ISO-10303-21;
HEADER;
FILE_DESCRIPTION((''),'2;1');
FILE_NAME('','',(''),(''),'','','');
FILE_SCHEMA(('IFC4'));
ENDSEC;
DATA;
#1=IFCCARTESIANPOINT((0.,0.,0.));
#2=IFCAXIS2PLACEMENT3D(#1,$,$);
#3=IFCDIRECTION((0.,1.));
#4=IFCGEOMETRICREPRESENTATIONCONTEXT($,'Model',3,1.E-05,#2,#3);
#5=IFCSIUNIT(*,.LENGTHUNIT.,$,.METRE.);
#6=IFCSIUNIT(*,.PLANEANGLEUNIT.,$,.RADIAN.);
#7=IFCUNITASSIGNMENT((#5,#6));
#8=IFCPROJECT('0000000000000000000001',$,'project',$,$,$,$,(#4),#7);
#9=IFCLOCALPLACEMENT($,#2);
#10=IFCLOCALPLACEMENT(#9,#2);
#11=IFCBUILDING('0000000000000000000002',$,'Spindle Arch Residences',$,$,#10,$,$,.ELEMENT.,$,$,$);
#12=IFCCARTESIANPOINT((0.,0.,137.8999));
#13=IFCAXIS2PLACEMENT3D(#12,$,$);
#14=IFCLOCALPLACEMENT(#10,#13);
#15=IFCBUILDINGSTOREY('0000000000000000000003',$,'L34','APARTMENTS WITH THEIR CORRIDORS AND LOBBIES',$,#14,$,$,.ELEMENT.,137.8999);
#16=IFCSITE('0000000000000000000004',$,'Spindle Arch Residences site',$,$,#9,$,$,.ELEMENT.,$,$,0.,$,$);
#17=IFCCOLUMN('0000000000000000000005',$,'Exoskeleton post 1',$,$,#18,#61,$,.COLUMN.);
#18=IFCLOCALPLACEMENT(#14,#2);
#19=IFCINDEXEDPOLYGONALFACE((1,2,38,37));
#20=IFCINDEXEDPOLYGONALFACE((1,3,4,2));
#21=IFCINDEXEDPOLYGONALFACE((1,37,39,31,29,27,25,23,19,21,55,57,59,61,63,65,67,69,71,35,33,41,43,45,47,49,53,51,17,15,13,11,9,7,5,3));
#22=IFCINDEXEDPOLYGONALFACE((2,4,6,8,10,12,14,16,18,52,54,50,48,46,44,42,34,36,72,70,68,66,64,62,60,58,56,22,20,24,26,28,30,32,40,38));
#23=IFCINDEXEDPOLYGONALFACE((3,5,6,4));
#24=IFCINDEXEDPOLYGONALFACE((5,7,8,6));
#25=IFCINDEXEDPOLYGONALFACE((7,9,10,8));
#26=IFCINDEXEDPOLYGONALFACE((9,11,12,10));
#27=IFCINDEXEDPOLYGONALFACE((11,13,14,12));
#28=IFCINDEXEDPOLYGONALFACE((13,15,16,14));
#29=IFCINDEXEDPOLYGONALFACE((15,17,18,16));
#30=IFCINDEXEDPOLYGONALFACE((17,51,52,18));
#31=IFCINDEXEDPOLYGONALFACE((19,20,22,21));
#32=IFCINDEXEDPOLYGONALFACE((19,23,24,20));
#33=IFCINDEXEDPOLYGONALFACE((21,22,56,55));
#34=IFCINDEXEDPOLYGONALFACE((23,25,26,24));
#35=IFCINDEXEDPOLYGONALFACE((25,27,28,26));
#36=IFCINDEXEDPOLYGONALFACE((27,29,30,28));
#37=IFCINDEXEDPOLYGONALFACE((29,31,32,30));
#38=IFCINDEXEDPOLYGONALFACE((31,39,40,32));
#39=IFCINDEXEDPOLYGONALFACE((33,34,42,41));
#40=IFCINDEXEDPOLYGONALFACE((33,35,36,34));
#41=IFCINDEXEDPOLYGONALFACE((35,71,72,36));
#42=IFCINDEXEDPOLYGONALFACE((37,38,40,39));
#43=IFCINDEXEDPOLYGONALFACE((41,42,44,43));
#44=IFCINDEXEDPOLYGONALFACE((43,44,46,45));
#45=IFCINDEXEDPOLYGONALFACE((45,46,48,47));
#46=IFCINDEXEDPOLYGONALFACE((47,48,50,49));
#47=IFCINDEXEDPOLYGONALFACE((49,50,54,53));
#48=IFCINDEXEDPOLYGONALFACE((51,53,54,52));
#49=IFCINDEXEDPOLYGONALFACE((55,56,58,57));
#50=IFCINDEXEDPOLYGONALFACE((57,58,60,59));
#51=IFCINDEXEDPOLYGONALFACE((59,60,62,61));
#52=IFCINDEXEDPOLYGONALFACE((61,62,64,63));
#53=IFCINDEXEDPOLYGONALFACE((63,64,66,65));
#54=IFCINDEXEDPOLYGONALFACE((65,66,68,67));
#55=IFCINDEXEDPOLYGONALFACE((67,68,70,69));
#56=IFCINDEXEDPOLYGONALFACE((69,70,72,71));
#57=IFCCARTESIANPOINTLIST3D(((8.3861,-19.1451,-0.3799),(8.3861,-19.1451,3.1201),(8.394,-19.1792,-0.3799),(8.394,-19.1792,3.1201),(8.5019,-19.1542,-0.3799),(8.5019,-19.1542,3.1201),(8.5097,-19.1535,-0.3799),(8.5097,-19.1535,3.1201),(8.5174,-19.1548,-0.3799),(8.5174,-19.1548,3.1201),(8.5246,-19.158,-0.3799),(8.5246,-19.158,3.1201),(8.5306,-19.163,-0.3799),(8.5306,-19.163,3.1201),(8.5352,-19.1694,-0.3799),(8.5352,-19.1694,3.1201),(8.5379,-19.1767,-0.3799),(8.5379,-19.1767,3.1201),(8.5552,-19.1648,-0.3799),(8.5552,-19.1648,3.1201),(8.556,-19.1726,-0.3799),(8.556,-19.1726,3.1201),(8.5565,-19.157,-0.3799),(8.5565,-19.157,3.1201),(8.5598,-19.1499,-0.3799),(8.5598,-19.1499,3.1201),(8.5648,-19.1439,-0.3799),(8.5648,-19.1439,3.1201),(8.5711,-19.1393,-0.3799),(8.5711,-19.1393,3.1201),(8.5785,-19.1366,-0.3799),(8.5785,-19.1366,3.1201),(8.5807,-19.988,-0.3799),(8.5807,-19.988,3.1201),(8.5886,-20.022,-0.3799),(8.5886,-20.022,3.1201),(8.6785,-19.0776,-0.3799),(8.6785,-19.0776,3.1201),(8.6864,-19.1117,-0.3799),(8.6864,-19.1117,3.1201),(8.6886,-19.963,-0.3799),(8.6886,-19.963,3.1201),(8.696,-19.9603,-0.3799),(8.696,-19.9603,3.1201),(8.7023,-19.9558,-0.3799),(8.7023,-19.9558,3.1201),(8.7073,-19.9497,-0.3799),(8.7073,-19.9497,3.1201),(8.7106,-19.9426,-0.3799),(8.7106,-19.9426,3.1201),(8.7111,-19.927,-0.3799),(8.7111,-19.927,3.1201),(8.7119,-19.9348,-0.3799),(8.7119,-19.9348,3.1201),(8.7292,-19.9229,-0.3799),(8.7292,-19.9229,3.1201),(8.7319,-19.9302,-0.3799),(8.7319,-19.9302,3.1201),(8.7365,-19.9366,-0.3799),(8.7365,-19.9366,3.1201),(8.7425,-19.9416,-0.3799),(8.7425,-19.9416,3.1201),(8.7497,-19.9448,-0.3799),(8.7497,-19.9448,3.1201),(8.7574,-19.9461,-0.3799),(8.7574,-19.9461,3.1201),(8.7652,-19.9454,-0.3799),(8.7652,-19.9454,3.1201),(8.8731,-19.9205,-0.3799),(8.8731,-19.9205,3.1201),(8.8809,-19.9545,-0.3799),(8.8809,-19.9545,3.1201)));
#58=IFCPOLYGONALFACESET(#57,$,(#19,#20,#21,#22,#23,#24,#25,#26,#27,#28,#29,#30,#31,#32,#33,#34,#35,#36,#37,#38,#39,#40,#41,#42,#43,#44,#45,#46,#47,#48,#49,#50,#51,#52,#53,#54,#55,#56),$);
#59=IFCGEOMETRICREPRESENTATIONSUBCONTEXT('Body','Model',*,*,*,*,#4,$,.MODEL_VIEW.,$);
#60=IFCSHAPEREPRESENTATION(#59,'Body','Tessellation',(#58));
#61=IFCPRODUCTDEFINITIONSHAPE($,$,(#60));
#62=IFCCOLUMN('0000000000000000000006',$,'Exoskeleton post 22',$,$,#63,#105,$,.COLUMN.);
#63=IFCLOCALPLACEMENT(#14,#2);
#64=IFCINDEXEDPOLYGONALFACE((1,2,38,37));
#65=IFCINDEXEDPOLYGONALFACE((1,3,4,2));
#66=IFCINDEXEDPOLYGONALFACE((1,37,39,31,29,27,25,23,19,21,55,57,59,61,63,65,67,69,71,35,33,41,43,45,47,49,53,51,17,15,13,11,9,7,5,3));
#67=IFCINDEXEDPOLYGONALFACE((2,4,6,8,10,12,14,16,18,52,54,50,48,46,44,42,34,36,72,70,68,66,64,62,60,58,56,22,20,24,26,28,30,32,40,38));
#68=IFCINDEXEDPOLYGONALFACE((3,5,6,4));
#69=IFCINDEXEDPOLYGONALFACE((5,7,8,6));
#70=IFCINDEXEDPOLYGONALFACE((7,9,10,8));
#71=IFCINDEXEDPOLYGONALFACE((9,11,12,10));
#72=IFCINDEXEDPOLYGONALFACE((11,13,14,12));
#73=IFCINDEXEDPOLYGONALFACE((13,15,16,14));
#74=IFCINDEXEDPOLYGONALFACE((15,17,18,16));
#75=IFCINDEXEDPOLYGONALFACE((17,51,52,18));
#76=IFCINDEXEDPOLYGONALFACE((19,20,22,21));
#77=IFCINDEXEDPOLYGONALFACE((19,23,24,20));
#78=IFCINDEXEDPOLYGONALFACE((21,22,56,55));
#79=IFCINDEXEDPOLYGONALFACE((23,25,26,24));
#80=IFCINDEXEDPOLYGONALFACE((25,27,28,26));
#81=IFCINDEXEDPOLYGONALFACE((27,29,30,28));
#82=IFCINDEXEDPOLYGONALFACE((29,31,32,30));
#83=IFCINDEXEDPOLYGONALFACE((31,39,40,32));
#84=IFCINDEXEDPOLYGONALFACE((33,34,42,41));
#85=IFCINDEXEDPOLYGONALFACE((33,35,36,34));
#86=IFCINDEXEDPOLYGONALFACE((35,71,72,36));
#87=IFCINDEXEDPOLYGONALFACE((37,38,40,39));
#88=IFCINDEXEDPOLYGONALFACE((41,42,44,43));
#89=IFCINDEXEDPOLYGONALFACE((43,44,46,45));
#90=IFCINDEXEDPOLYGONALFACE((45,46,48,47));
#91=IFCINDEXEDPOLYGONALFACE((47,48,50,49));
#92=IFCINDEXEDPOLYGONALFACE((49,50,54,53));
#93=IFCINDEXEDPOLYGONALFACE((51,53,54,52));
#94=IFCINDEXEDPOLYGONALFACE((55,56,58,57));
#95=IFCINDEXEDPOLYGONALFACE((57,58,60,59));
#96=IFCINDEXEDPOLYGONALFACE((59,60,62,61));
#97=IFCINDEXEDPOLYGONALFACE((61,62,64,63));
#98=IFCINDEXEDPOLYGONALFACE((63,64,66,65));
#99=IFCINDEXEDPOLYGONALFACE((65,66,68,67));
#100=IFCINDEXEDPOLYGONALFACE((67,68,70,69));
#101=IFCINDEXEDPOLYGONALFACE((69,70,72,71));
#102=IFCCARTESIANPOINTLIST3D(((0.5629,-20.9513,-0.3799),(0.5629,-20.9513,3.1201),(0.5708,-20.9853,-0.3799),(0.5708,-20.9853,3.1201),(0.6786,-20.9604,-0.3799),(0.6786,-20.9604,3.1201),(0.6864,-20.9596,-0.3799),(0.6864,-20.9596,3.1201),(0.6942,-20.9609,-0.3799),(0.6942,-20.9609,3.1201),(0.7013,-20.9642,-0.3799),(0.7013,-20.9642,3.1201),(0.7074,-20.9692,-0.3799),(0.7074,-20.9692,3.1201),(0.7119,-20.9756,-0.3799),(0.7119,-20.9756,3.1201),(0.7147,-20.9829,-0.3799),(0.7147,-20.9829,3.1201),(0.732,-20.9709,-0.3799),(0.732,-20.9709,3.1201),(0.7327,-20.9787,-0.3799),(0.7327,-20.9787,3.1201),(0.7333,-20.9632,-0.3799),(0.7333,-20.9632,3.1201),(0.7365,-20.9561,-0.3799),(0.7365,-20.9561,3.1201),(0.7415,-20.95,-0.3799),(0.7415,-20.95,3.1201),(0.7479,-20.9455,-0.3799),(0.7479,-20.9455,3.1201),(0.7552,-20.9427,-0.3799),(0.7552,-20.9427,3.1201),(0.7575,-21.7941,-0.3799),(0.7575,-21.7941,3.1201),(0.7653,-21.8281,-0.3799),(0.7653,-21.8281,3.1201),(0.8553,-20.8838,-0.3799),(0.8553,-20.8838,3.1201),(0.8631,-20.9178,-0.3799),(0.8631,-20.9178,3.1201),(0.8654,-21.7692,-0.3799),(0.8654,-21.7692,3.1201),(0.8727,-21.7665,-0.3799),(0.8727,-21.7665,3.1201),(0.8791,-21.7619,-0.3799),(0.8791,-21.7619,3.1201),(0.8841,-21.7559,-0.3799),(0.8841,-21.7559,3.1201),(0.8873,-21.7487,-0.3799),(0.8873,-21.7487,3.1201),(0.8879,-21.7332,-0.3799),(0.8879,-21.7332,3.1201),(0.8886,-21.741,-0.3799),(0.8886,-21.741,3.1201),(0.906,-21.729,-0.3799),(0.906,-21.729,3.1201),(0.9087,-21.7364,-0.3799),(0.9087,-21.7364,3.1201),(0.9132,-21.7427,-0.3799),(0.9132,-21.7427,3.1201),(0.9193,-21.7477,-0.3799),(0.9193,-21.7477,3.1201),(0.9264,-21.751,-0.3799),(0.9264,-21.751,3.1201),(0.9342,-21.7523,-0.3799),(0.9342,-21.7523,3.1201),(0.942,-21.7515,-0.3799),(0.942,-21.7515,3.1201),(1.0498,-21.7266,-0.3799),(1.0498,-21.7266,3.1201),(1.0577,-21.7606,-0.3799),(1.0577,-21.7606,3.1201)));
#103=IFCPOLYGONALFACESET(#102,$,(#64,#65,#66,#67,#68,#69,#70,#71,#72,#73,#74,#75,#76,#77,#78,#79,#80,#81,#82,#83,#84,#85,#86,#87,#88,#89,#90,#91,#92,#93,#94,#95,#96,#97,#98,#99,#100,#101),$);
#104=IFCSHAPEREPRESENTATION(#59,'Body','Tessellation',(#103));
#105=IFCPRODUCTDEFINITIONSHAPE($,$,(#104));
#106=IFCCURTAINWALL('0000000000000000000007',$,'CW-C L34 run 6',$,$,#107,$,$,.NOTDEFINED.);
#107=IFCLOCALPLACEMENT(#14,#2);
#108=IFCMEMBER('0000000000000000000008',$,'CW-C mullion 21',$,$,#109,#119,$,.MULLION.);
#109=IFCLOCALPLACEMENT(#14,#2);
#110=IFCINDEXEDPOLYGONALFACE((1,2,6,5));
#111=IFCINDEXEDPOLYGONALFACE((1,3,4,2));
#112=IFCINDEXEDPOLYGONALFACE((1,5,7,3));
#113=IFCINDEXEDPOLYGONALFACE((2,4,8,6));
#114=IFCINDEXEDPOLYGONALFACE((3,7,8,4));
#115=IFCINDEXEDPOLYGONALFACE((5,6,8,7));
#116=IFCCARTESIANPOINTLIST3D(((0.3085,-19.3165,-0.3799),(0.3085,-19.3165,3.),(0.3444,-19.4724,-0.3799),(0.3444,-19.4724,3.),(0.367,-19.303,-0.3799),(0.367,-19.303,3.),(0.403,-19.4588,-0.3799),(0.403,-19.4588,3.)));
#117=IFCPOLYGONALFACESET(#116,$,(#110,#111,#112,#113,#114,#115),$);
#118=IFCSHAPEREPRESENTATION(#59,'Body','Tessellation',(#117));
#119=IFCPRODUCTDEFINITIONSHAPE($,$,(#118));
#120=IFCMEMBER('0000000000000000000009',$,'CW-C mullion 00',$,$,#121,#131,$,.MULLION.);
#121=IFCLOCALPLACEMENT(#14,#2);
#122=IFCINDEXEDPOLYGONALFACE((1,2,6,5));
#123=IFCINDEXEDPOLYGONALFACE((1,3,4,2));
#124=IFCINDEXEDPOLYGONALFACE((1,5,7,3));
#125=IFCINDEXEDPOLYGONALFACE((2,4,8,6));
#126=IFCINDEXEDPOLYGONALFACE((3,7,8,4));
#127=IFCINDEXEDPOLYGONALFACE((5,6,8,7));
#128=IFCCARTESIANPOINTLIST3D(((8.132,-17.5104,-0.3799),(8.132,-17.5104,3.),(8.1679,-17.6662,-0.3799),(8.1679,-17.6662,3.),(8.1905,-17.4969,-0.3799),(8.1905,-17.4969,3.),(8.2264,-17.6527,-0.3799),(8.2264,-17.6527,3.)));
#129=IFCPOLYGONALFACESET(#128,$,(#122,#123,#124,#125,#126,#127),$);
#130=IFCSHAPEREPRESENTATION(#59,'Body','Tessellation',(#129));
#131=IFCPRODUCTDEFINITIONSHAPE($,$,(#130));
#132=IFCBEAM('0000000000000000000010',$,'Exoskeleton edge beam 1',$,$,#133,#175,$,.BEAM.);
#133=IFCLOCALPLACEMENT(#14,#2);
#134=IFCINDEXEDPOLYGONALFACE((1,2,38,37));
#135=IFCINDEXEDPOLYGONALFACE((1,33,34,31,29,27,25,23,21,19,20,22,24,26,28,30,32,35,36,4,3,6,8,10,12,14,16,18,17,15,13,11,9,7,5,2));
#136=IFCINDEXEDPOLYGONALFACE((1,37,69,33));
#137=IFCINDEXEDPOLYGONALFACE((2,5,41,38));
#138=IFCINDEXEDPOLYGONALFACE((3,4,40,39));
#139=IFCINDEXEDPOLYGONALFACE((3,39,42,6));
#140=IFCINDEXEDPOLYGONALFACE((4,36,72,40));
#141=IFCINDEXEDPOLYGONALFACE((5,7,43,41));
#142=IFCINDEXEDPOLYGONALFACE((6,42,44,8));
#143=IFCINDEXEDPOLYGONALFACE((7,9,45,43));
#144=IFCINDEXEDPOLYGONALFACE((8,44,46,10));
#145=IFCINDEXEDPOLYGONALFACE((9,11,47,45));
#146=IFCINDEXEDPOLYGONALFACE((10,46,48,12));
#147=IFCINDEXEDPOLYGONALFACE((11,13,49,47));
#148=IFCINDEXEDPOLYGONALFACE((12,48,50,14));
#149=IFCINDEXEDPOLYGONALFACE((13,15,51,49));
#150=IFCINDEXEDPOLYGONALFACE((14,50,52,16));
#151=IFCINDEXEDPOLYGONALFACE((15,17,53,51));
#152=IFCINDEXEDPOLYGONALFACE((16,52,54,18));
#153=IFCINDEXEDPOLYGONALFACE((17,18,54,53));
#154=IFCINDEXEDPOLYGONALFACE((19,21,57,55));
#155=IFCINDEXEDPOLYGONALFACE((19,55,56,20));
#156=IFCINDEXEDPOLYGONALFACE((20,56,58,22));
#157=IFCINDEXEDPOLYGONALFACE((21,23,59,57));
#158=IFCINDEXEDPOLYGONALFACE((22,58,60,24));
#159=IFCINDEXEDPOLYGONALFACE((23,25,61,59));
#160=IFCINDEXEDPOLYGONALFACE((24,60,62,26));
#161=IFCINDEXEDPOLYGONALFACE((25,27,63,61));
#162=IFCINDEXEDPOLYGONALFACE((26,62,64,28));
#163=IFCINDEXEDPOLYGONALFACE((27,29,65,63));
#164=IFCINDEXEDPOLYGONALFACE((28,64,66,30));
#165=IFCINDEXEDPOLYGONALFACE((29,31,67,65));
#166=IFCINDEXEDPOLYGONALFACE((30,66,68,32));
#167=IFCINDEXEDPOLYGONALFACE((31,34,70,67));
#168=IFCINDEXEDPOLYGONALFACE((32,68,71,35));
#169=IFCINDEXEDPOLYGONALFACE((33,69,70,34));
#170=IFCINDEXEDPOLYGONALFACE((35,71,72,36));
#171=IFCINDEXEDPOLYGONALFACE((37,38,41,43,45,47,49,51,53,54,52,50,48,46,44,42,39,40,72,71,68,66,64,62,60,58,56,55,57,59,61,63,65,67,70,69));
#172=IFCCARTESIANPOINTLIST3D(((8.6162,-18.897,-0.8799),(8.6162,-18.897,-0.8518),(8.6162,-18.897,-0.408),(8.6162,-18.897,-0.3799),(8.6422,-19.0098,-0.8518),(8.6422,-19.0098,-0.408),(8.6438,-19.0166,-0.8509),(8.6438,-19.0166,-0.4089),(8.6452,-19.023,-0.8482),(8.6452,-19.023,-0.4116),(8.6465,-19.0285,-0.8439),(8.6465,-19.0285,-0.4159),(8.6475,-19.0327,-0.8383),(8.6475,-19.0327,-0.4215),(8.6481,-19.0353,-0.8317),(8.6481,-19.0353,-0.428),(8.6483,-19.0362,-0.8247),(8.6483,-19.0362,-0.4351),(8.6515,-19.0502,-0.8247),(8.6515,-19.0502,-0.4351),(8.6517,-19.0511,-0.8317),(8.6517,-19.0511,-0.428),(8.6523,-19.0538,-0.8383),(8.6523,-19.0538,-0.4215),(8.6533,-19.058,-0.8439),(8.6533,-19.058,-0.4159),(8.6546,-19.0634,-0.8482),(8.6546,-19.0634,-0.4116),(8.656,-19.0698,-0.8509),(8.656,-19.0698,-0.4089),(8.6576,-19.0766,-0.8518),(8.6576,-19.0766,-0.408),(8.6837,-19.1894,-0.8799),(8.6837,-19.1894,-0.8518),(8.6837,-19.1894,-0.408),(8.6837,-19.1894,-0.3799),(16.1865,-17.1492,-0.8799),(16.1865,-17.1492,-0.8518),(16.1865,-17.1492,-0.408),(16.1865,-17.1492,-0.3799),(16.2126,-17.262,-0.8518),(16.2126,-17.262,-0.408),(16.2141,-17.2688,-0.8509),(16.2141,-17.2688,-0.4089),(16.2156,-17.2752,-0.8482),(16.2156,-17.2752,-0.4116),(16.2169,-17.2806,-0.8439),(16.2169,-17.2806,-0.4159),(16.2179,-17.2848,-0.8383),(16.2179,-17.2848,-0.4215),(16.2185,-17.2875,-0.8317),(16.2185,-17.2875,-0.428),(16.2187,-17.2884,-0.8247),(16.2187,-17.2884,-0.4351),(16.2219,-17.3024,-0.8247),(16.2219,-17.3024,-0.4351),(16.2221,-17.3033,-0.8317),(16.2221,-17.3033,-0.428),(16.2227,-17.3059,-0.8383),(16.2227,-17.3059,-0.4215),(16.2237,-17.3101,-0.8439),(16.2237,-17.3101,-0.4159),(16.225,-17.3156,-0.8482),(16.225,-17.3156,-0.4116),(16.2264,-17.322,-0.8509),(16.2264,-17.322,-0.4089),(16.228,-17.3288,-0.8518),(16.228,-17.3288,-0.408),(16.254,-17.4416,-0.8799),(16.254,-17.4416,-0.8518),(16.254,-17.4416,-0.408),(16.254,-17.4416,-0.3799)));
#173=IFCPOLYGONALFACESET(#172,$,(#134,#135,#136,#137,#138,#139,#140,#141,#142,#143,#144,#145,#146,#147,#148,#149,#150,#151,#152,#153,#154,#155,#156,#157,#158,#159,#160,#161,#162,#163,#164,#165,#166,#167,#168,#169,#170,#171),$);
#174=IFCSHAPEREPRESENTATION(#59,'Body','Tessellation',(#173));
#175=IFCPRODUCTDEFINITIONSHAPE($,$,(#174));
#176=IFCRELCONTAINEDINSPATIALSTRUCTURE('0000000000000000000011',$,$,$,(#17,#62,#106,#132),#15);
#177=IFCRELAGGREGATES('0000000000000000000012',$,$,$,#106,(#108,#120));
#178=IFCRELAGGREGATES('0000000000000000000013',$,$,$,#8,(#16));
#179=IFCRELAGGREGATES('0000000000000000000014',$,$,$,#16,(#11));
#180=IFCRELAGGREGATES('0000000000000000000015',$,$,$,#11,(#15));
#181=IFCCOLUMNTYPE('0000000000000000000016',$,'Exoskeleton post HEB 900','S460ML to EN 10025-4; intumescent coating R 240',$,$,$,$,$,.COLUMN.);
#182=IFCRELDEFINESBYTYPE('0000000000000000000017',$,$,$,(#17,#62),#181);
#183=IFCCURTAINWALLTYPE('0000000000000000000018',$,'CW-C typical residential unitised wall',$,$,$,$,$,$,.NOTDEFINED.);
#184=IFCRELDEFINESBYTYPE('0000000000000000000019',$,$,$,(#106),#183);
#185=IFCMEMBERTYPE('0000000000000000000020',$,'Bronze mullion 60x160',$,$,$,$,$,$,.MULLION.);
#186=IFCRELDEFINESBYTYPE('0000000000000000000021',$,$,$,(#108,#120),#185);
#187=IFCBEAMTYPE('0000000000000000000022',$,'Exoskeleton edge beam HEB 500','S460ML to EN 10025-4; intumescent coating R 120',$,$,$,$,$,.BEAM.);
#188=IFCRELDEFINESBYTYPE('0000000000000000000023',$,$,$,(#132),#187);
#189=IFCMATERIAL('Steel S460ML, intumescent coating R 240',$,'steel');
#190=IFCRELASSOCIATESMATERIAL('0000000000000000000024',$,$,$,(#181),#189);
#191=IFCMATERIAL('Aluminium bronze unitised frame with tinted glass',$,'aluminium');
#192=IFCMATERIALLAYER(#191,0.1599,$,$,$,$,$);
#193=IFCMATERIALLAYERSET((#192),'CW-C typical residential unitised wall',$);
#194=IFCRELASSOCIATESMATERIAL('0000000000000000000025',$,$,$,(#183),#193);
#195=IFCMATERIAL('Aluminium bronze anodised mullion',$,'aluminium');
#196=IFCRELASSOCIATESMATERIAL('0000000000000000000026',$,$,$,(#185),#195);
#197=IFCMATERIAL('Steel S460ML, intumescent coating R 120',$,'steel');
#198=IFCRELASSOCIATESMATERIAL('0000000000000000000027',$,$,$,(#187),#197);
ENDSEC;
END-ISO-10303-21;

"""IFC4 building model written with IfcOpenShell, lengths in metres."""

from ifc_helpers import new_model, si_unit, direction, frame, origin, origin_2d, place, context, subcontext, project, spatial, rectangle, i_section, extrude, material, layer, layer_set, material_profile, profile_set, type_object, element, aggregate, save


model = new_model("IFC4")

# Units and contexts
model_context = context("Model", 3, precision=1e-05, world=origin(), true_north=direction((0.0, 1.0)))
body_context = subcontext(model_context, "Body", "Model", "MODEL_VIEW")
ifc_project = project(units=[si_unit("LENGTHUNIT", "METRE"), si_unit("PLANEANGLEUNIT", "RADIAN")], contexts=[model_context])

# Site, building, storey
site_placement = place(None, origin())
site = spatial("IfcSite", under=ifc_project, at=site_placement, Name="Spindle Arch Residences site", CompositionType="ELEMENT", RefElevation=0.0)
building_placement = place(site_placement, origin())
building = spatial("IfcBuilding", under=site, at=building_placement, Name="Spindle Arch Residences", CompositionType="ELEMENT")
storey_placement = place(building_placement, frame((0.0, 0.0, 137.8999)))
storey = spatial("IfcBuildingStorey", under=building, at=storey_placement, Name="L34", Description="APARTMENTS WITH THEIR CORRIDORS AND LOBBIES", CompositionType="ELEMENT", Elevation=137.8999)

# Columns
ifc_material_1 = material(Name="Steel S460ML, intumescent coating R 240", Category="steel")
ifc_material_profile_1 = material_profile(ifc_material_1, i_section(OverallWidth=0.3, OverallDepth=0.8999, WebThickness=0.0186, FlangeThickness=0.0349, FilletRadius=0.03, at=origin_2d()), Name="HEB 900")
ifc_profile_set_1 = profile_set([ifc_material_profile_1], Name="Steel S460ML, intumescent coating R 240")
column_type = type_object("IfcColumnType", Name="Exoskeleton post HEB 900", Description="S460ML to EN 10025-4; intumescent coating R 240", PredefinedType="COLUMN", material=ifc_profile_set_1)
for number, where, z_axis, x_axis, name in (
    (1, (8.6335, -19.5498, -0.3799), (0.0, 0.0, 1.0), (-0.97437, -0.224951, 0.0), "Exoskeleton post 1"),
    (2, (0.8103, -21.356, -0.3799), (0.0, 0.0, 1.0), (-0.97437, -0.224951, 0.0), "Exoskeleton post 22"),
):
    element("IfcColumn", number, at=place(storey_placement, frame(where, z_axis=z_axis, x_axis=x_axis)), inside=storey, type_object=column_type, Name=name, PredefinedType="COLUMN", context=body_context, shape_type="SweptSolid", body=[
        extrude(i_section(OverallWidth=0.3, OverallDepth=0.8999, WebThickness=0.0186, FlangeThickness=0.0349, FilletRadius=0.03, at=origin_2d()), origin(), (0.0, 0.0, 1.0), 3.5),
    ])

# Curtain wall, members
ifc_material_2 = material(Name="Aluminium bronze unitised frame with tinted glass", Category="aluminium")
ifc_layer_1 = layer(ifc_material_2, 0.1599)
ifc_layer_set_1 = layer_set([ifc_layer_1], Name="CW-C typical residential unitised wall")
curtain_wall_type = type_object("IfcCurtainWallType", Name="CW-C typical residential unitised wall", PredefinedType="NOTDEFINED", material=ifc_layer_set_1)
curtain_wall_placement = place(storey_placement, origin())
curtain_wall = element("IfcCurtainWall", 3, at=curtain_wall_placement, inside=storey, type_object=curtain_wall_type, Name="CW-C L34 run 6", PredefinedType="NOTDEFINED")
ifc_material_3 = material(Name="Aluminium bronze anodised mullion", Category="aluminium")
ifc_material_profile_2 = material_profile(ifc_material_3, rectangle(XDim=0.1599, YDim=0.0601, at=origin_2d()), Name="MU 60x160")
ifc_profile_set_2 = profile_set([ifc_material_profile_2], Name="Aluminium bronze anodised mullion")
member_type = type_object("IfcMemberType", Name="Bronze mullion 60x160", PredefinedType="MULLION", material=ifc_profile_set_2)
member_1_placement = place(storey_placement, frame((0.3557, -19.3877, -0.3799), z_axis=(0.0, 0.0, 1.0), x_axis=(-0.224951, 0.97437, 0.0)))
member_1 = element("IfcMember", 4, at=member_1_placement, type_object=member_type, Name="CW-C mullion 21", PredefinedType="MULLION", context=body_context, shape_type="SweptSolid", body=[
    extrude(rectangle(XDim=0.1599, YDim=0.0601, at=origin_2d()), origin(), (0.0, 0.0, 1.0), 3.3799),
])
member_2_placement = place(storey_placement, frame((8.1792, -17.5815, -0.3799), z_axis=(0.0, 0.0, 1.0), x_axis=(-0.224951, 0.97437, 0.0)))
member_2 = element("IfcMember", 5, at=member_2_placement, type_object=member_type, Name="CW-C mullion 00", PredefinedType="MULLION", context=body_context, shape_type="SweptSolid", body=[
    extrude(rectangle(XDim=0.1599, YDim=0.0601, at=origin_2d()), origin(), (0.0, 0.0, 1.0), 3.3799),
])

# Beam
ifc_material_4 = material(Name="Steel S460ML, intumescent coating R 120", Category="steel")
ifc_material_profile_3 = material_profile(ifc_material_4, i_section(OverallWidth=0.3, OverallDepth=0.5, WebThickness=0.0144, FlangeThickness=0.0281, FilletRadius=0.0271, at=origin_2d()), Name="HEB 500")
ifc_profile_set_3 = profile_set([ifc_material_profile_3], Name="Steel S460ML, intumescent coating R 120")
beam_type_1 = type_object("IfcBeamType", Name="Exoskeleton edge beam HEB 500", Description="S460ML to EN 10025-4; intumescent coating R 120", PredefinedType="BEAM", material=ifc_profile_set_3)
beam_1_placement = place(storey_placement, frame((8.6499, -19.0432, -0.6299), z_axis=(0.974368, 0.224958, 0.0), x_axis=(-0.224958, 0.974368, 0.0)))
element("IfcBeam", 6, at=beam_1_placement, inside=storey, type_object=beam_type_1, Name="Exoskeleton edge beam 1", PredefinedType="BEAM", context=body_context, shape_type="SweptSolid", body=[
    extrude(i_section(OverallWidth=0.3, OverallDepth=0.5, WebThickness=0.0144, FlangeThickness=0.0281, FilletRadius=0.0271, at=origin_2d()), origin(), (0.0, 0.0, 1.0), 7.7695),
])

aggregate(curtain_wall, [member_1, member_2])

save(model, "model.ifc")
